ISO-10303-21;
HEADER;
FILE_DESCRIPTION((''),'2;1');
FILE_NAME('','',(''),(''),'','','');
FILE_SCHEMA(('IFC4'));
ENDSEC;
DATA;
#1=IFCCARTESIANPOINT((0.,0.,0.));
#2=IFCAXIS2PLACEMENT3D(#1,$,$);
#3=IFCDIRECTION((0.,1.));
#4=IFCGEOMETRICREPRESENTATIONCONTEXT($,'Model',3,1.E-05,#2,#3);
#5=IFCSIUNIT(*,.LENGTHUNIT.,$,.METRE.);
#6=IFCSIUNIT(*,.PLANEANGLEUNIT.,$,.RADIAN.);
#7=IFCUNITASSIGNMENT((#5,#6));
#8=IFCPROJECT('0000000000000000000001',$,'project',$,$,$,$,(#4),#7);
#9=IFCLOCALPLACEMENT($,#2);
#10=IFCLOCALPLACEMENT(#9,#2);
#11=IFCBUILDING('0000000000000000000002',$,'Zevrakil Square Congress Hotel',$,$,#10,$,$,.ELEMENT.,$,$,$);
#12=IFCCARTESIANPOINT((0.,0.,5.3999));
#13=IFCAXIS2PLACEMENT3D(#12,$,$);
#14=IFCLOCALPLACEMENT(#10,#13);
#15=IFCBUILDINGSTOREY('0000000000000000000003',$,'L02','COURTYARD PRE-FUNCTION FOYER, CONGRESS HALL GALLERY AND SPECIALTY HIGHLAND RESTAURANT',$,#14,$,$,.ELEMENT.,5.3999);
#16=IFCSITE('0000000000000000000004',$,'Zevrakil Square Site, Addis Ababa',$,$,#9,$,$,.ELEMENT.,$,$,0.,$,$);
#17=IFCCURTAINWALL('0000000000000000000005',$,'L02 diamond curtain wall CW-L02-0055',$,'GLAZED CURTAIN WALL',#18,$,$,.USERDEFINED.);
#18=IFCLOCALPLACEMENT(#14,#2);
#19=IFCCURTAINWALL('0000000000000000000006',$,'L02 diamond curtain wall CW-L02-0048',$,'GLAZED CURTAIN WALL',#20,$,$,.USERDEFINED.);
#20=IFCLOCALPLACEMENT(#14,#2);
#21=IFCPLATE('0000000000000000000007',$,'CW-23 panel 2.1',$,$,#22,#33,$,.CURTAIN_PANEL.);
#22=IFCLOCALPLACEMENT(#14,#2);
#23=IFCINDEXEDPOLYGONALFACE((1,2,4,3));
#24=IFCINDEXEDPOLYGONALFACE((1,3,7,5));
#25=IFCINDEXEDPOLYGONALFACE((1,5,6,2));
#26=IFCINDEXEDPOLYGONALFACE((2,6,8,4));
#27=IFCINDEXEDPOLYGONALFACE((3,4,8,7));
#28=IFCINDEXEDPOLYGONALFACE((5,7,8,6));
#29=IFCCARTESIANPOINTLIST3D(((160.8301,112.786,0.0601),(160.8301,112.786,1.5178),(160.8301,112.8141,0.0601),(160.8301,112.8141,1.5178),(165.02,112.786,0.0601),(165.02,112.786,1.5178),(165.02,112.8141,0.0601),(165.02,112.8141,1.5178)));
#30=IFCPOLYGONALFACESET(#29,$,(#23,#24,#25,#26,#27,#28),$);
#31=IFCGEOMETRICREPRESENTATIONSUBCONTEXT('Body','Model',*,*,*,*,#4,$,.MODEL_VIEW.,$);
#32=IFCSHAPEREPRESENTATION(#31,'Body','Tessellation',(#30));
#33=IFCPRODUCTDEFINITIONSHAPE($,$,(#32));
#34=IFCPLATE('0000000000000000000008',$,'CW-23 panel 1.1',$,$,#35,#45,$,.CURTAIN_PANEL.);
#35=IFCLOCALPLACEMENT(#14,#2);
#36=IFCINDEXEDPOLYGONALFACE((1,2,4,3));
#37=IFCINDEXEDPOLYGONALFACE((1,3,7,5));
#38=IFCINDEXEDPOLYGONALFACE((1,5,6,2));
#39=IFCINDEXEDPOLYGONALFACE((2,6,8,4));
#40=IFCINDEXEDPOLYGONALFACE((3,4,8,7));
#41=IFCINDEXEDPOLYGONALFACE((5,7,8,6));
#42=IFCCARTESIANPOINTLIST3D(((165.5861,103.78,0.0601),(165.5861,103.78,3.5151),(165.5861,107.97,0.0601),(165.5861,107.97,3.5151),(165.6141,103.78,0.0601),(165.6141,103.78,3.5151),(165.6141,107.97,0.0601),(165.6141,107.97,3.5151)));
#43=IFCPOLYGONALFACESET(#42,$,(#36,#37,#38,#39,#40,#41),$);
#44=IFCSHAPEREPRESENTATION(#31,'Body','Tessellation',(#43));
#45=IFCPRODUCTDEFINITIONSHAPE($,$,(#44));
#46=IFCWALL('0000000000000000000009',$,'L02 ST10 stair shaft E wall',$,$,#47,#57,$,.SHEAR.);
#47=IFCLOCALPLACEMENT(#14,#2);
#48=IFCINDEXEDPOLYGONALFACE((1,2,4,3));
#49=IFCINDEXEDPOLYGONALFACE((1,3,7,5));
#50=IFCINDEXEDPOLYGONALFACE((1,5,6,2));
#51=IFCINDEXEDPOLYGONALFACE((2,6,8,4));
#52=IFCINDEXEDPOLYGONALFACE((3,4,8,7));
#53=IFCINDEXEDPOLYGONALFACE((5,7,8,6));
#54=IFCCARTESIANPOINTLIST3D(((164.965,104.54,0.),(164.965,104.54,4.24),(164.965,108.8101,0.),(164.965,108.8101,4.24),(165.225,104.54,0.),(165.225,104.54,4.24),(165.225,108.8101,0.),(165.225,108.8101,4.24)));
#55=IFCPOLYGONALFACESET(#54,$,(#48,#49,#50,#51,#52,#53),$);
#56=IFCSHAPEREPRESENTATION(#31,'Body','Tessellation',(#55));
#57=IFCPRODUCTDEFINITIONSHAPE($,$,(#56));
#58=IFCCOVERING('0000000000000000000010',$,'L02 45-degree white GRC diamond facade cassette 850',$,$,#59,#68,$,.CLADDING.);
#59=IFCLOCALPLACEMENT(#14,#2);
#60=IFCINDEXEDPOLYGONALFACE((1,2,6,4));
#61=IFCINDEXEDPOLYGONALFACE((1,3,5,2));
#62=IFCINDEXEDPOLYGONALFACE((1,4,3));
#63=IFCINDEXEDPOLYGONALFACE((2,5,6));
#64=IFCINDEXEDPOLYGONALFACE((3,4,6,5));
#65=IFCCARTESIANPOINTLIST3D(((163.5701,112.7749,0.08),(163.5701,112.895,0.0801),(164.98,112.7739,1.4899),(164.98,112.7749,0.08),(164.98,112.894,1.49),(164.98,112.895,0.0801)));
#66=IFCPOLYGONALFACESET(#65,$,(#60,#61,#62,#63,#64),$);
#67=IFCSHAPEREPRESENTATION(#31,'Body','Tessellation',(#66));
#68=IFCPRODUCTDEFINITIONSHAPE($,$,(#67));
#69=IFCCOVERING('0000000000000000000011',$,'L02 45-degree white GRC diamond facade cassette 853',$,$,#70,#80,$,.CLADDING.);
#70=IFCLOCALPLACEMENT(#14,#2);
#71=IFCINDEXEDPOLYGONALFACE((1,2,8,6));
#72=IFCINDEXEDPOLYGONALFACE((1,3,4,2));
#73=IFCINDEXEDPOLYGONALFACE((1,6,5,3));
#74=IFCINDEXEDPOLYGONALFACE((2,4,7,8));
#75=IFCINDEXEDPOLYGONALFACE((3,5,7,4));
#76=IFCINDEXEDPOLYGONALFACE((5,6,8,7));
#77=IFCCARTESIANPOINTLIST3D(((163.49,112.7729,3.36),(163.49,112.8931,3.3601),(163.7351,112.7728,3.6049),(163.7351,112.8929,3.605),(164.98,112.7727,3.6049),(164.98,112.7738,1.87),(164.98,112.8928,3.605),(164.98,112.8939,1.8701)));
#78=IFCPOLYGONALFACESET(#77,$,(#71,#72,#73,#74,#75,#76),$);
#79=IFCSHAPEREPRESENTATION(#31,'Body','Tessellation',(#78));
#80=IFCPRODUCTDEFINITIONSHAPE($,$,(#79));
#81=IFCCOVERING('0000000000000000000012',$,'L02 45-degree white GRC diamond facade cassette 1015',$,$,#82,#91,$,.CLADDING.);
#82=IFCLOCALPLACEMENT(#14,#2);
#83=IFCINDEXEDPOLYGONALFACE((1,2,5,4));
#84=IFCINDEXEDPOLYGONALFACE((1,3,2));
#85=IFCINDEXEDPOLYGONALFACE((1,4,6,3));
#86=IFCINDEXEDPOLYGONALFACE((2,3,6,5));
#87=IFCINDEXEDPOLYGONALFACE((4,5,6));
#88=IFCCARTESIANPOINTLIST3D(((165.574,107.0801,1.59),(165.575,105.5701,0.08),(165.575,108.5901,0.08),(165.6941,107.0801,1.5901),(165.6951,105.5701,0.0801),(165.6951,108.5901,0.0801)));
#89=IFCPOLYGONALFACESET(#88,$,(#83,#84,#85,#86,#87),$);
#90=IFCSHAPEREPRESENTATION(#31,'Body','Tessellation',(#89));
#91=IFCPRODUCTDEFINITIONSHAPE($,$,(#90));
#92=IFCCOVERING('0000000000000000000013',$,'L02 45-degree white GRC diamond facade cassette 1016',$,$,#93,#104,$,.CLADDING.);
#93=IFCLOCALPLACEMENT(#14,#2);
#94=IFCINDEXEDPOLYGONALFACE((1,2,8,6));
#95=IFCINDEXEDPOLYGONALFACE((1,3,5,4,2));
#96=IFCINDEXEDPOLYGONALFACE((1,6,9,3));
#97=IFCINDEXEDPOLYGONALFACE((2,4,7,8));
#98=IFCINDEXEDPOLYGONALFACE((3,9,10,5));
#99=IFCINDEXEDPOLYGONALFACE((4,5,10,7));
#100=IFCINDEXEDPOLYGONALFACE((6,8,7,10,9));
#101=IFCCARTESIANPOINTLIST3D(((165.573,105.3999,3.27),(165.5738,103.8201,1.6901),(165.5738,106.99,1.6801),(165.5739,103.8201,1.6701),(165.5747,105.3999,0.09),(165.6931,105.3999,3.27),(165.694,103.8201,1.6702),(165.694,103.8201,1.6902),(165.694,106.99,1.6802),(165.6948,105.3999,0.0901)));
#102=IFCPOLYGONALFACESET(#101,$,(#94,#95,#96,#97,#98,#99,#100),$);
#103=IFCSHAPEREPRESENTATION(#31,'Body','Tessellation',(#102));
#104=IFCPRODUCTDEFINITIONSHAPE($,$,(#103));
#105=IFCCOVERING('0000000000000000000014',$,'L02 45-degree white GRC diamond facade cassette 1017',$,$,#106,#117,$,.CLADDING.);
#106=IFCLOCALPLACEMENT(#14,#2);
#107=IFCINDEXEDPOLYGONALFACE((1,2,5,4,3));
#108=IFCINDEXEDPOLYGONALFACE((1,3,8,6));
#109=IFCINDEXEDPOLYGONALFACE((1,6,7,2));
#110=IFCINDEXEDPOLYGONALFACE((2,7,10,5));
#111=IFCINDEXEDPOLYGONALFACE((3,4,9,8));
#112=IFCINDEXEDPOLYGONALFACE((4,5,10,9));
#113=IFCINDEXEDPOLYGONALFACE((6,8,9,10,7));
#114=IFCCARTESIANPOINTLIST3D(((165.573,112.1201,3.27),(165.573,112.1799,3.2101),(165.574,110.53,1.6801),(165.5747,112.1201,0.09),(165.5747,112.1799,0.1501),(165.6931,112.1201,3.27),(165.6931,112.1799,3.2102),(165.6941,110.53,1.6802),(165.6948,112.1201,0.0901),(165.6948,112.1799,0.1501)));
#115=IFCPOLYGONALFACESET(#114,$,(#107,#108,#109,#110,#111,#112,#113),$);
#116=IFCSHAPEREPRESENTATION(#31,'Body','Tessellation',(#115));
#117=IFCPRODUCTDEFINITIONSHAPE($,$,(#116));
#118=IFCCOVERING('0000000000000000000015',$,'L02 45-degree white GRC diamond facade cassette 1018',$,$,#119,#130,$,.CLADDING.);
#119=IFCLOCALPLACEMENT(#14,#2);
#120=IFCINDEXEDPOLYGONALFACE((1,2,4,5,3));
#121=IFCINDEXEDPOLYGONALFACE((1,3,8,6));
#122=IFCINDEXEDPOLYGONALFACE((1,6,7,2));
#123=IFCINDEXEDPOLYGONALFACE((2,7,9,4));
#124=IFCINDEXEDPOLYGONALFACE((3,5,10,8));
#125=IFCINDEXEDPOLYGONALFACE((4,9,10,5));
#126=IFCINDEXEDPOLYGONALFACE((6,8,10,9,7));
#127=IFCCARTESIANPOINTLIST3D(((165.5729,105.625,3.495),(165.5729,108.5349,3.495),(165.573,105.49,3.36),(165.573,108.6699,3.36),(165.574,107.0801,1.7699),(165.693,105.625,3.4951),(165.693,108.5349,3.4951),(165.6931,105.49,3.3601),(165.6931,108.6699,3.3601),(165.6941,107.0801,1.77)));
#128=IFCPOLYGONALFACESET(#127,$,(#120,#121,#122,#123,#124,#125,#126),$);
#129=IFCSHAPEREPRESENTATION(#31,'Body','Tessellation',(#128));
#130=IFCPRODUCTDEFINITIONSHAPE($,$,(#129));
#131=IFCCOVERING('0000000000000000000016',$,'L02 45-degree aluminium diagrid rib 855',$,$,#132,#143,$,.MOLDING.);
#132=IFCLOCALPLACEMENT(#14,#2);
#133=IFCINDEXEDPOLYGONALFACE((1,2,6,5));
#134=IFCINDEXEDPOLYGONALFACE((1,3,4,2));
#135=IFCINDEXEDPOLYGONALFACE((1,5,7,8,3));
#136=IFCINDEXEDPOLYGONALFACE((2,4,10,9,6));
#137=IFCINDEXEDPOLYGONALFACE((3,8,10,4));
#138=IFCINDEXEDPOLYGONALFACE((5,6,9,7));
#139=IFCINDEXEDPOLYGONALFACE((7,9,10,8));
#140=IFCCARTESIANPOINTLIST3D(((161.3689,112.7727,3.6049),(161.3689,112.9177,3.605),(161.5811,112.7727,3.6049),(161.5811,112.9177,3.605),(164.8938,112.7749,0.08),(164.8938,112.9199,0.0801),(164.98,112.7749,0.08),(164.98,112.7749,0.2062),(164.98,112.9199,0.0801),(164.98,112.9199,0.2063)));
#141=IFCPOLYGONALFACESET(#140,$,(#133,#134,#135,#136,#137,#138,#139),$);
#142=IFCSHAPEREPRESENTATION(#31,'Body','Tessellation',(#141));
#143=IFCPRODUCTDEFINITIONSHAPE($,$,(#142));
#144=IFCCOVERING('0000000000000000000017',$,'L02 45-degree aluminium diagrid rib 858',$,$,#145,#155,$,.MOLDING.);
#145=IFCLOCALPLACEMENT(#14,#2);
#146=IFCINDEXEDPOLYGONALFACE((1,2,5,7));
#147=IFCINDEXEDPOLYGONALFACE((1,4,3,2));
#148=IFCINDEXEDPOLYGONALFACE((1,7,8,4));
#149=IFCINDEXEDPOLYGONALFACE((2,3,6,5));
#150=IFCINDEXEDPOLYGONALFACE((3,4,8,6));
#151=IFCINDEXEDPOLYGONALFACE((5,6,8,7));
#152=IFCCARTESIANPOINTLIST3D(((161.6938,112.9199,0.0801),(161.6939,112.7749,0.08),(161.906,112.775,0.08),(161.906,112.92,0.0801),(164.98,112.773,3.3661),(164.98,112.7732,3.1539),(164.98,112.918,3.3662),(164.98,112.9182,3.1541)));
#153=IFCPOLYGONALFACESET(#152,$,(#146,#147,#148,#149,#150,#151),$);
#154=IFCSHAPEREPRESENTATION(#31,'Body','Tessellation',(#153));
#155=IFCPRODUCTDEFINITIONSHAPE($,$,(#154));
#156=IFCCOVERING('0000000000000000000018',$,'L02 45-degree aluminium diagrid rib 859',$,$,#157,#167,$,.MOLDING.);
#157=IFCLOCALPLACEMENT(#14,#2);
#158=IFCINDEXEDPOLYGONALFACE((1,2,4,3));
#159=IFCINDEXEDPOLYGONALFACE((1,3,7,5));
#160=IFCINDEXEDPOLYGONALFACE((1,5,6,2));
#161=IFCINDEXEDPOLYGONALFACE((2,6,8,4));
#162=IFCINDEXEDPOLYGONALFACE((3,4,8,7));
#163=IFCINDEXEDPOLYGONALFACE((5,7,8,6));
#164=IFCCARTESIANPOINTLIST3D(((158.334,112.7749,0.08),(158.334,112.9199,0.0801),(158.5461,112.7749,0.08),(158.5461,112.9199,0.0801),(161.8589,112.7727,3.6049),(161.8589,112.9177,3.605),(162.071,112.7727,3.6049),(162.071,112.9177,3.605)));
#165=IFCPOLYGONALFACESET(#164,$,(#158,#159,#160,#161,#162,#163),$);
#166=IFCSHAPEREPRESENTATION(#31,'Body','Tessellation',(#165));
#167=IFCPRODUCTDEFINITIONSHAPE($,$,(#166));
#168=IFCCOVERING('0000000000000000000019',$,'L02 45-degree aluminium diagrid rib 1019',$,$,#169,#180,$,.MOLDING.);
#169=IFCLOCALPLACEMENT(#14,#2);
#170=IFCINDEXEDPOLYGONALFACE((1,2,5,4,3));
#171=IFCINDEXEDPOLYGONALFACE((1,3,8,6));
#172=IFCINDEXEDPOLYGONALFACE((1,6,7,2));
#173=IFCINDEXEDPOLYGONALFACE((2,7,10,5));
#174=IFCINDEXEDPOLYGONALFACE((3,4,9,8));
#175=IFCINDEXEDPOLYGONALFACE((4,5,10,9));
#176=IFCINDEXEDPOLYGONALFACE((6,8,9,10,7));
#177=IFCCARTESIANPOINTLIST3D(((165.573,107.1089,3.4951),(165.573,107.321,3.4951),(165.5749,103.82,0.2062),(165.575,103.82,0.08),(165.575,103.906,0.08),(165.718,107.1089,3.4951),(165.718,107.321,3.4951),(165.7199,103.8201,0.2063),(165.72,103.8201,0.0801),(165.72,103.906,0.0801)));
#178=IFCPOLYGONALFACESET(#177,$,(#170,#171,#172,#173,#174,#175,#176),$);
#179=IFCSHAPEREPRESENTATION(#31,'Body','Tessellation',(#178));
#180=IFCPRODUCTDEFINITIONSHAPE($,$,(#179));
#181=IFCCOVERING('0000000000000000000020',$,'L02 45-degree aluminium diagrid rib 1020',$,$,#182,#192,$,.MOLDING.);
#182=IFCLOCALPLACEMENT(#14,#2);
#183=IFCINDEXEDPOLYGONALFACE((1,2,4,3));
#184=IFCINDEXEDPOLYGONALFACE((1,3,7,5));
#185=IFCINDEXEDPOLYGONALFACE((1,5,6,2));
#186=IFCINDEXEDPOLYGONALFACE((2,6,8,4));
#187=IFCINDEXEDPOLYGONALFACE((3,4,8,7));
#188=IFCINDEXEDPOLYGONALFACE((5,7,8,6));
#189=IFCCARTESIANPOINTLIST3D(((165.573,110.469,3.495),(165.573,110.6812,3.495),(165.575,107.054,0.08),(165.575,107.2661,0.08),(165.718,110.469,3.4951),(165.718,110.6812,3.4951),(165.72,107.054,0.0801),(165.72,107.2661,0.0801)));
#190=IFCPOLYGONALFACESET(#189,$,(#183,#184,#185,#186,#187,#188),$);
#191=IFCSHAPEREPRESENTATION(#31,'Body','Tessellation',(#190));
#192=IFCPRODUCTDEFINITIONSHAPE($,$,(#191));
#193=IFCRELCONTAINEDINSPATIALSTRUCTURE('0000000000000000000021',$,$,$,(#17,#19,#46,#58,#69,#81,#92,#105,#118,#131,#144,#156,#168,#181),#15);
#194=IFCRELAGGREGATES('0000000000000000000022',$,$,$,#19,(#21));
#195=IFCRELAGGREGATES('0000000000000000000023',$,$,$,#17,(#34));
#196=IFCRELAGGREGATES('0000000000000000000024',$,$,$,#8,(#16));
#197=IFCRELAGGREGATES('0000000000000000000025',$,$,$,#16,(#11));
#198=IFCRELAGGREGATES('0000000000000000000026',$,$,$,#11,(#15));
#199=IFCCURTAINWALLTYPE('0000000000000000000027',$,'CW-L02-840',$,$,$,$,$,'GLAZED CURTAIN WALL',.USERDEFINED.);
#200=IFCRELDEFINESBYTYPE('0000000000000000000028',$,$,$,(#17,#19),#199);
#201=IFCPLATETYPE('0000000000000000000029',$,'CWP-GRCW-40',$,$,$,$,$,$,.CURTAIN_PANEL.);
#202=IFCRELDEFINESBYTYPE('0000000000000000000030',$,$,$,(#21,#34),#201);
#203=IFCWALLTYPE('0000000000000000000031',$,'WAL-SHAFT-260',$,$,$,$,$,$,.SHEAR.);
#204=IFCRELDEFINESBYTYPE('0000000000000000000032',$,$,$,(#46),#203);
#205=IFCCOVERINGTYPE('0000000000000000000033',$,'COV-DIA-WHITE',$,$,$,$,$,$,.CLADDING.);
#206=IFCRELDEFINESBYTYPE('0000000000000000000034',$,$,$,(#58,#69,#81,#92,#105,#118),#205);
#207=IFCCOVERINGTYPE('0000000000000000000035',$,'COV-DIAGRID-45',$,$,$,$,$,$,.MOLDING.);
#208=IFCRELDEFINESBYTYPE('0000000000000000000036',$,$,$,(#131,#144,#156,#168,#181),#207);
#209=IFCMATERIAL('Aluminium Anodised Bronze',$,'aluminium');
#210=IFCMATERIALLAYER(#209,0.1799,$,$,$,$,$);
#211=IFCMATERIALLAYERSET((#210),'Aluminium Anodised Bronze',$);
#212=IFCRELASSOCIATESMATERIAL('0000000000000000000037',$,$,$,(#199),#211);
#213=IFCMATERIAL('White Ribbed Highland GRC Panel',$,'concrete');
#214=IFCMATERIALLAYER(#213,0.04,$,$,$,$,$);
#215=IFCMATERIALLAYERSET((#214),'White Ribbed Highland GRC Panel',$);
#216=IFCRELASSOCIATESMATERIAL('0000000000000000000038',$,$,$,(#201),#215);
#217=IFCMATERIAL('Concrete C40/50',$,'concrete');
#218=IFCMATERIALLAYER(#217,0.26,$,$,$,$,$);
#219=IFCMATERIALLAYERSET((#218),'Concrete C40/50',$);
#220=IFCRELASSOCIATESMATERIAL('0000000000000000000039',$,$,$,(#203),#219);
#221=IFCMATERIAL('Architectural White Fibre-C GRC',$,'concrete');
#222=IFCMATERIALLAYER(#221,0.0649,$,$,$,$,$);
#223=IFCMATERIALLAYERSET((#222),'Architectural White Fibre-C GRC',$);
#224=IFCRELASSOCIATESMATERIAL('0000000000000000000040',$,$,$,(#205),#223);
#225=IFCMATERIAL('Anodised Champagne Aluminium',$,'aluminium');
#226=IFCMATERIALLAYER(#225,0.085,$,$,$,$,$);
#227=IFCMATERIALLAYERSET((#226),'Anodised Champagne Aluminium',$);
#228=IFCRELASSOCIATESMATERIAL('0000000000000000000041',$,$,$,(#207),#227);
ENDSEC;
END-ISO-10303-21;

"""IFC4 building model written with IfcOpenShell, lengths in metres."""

from ifc_helpers import new_model, si_unit, direction, frame, frame_2d, origin, origin_2d, place, context, subcontext, project, spatial, polyline, rectangle, outline, extrude, material, layer, layer_set, type_object, element, aggregate, save


model = new_model("IFC4")

# Units and contexts
model_context = context("Model", 3, precision=1e-05, world=origin(), true_north=direction((0.0, 1.0)))
body_context = subcontext(model_context, "Body", "Model", "MODEL_VIEW")
ifc_project = project(units=[si_unit("LENGTHUNIT", "METRE"), si_unit("PLANEANGLEUNIT", "RADIAN")], contexts=[model_context])

# Site, building, storey
site_placement = place(None, origin())
site = spatial("IfcSite", under=ifc_project, at=site_placement, Name="Zevrakil Square Site, Addis Ababa", CompositionType="ELEMENT", RefElevation=0.0)
building_placement = place(site_placement, origin())
building = spatial("IfcBuilding", under=site, at=building_placement, Name="Zevrakil Square Congress Hotel", CompositionType="ELEMENT")
storey_placement = place(building_placement, frame((0.0, 0.0, 5.3999)))
storey = spatial("IfcBuildingStorey", under=building, at=storey_placement, Name="L02", Description="COURTYARD PRE-FUNCTION FOYER, CONGRESS HALL GALLERY AND SPECIALTY HIGHLAND RESTAURANT", CompositionType="ELEMENT", Elevation=5.3999)

# Curtain wall
ifc_material_1 = material(Name="Aluminium Anodised Bronze", Category="aluminium")
ifc_layer_1 = layer(ifc_material_1, 0.1799)
ifc_layer_set_1 = layer_set([ifc_layer_1], Name="Aluminium Anodised Bronze")
curtain_wall_type = type_object("IfcCurtainWallType", Name="CW-L02-840", ElementType="GLAZED CURTAIN WALL", PredefinedType="USERDEFINED", material=ifc_layer_set_1)
curtain_wall_1_placement = place(storey_placement, origin())
curtain_wall_1 = element("IfcCurtainWall", 1, at=curtain_wall_1_placement, inside=storey, type_object=curtain_wall_type, Name="L02 diamond curtain wall CW-L02-0055", ObjectType="GLAZED CURTAIN WALL", PredefinedType="USERDEFINED")

# Curtain wall
curtain_wall_2_placement = place(storey_placement, origin())
curtain_wall_2 = element("IfcCurtainWall", 2, at=curtain_wall_2_placement, inside=storey, type_object=curtain_wall_type, Name="L02 diamond curtain wall CW-L02-0048", ObjectType="GLAZED CURTAIN WALL", PredefinedType="USERDEFINED")

# Plates
ifc_material_2 = material(Name="White Ribbed Highland GRC Panel", Category="concrete")
ifc_layer_2 = layer(ifc_material_2, 0.04)
ifc_layer_set_2 = layer_set([ifc_layer_2], Name="White Ribbed Highland GRC Panel")
plate_type_1 = type_object("IfcPlateType", Name="CWP-GRCW-40", PredefinedType="CURTAIN_PANEL", material=ifc_layer_set_2)
plate_1_placement = place(storey_placement, frame((162.925, 112.8, 0.0601), z_axis=(0.0, 0.0, 1.0), x_axis=(1.0, 0.0, 0.0)))
plate_1 = element("IfcPlate", 3, at=plate_1_placement, type_object=plate_type_1, Name="CW-23 panel 2.1", PredefinedType="CURTAIN_PANEL", context=body_context, shape_type="SweptSolid", body=[
    extrude(rectangle(XDim=4.1899, YDim=0.0281, at=origin_2d()), origin(), (0.0, 0.0, 1.0), 1.4578),
])
aggregate(curtain_wall_2, [plate_1])
plate_2_placement = place(storey_placement, frame((165.6001, 105.875, 0.0601), z_axis=(0.0, 0.0, 1.0), x_axis=(0.0, 1.0, 0.0)))
plate_2 = element("IfcPlate", 4, at=plate_2_placement, type_object=plate_type_1, Name="CW-23 panel 1.1", PredefinedType="CURTAIN_PANEL", context=body_context, shape_type="SweptSolid", body=[
    extrude(rectangle(XDim=4.1899, YDim=0.0281, at=origin_2d()), origin(), (0.0, 0.0, 1.0), 3.4551),
])
aggregate(curtain_wall_1, [plate_2])

# Wall
ifc_material_3 = material(Name="Concrete C40/50", Category="concrete")
ifc_layer_3 = layer(ifc_material_3, 0.26)
ifc_layer_set_3 = layer_set([ifc_layer_3], Name="Concrete C40/50")
wall_type = type_object("IfcWallType", Name="WAL-SHAFT-260", PredefinedType="SHEAR", material=ifc_layer_set_3)
wall_placement = place(storey_placement, frame((165.095, 104.54, 0.0), z_axis=(0.0, 0.0, 1.0), x_axis=(0.0, 1.0, 0.0)))
element("IfcWall", 5, at=wall_placement, inside=storey, type_object=wall_type, Name="L02 ST10 stair shaft E wall", PredefinedType="SHEAR", context=body_context, shape_type="SweptSolid", body=[
    extrude(rectangle(XDim=4.27, YDim=0.26, at=frame_2d((2.135, 0.0))), origin(), (0.0, 0.0, 1.0), 4.24),
])

# Coverings
ifc_material_4 = material(Name="Architectural White Fibre-C GRC", Category="concrete")
ifc_layer_4 = layer(ifc_material_4, 0.0649)
ifc_layer_set_4 = layer_set([ifc_layer_4], Name="Architectural White Fibre-C GRC")
covering_type_1 = type_object("IfcCoveringType", Name="COV-DIA-WHITE", PredefinedType="CLADDING", material=ifc_layer_set_4)
covering_1_placement = place(storey_placement, frame((163.5701, 112.895, 0.0801), z_axis=(0.0, 1.0, 0.000693), x_axis=(1.0, 0.0, 0.0)))
element("IfcCovering", 6, at=covering_1_placement, inside=storey, type_object=covering_type_1, Name="L02 45-degree white GRC diamond facade cassette 850", PredefinedType="CLADDING", context=body_context, shape_type="SweptSolid", body=[
    extrude(outline(polyline([(0.0, 0.0), (1.4099, 0.0), (1.4099, -1.4099), (0.0, 0.0)])), origin(), (0.0, 0.0, -1.0), 0.1201),
])
covering_2_placement = place(storey_placement, frame((163.49, 112.8931, 3.3601), z_axis=(0.000064, 1.0, 0.000609), x_axis=(0.707107, 0.000385, -0.707107)))
element("IfcCovering", 7, at=covering_2_placement, inside=storey, type_object=covering_type_1, Name="L02 45-degree white GRC diamond facade cassette 853", PredefinedType="CLADDING", context=body_context, shape_type="SweptSolid", body=[
    extrude(outline(polyline([(0.0, 0.0), (2.1072, 0.0), (0.8804, -1.2267), (0.0002, -0.3465), (0.0, 0.0)])), origin(), (0.0, 0.0, -1.0), 0.1201),
])
covering_3_placement = place(storey_placement, frame((165.6941, 107.0801, 1.5901), z_axis=(1.0, 0.0, 0.000647), x_axis=(0.000457, 0.707107, -0.707107)))
element("IfcCovering", 8, at=covering_3_placement, inside=storey, type_object=covering_type_1, Name="L02 45-degree white GRC diamond facade cassette 1015", PredefinedType="CLADDING", context=body_context, shape_type="SweptSolid", body=[
    extrude(outline(polyline([(0.0, 0.0), (2.1355, 0.0), (0.0, -2.1355), (0.0, 0.0)])), origin(), (0.0, 0.0, -1.0), 0.1201),
])
covering_4_placement = place(storey_placement, frame((165.6931, 105.3999, 3.27), z_axis=(1.0, 0.0, 0.000536), x_axis=(0.000379, 0.707161, -0.707052)))
element("IfcCovering", 9, at=covering_4_placement, inside=storey, type_object=covering_type_1, Name="L02 45-degree white GRC diamond facade cassette 1016", PredefinedType="CLADDING", context=body_context, shape_type="SweptSolid", body=[
    extrude(outline(polyline([(0.0, 0.0), (2.2486, 0.0), (2.2484, -2.2487), (0.014, -2.2484), (-0.0002, -2.2342), (0.0, 0.0)])), origin(), (0.0, 0.0, -1.0), 0.1201),
])
covering_5_placement = place(storey_placement, frame((165.6948, 112.1201, 0.0901), z_axis=(1.0, 0.000071, 0.000538), x_axis=(-0.00033, -0.707107, 0.707107)))
element("IfcCovering", 10, at=covering_5_placement, inside=storey, type_object=covering_type_1, Name="L02 45-degree white GRC diamond facade cassette 1017", PredefinedType="CLADDING", context=body_context, shape_type="SweptSolid", body=[
    extrude(outline(polyline([(0.0, 0.0), (2.2487, 0.0), (2.2486, -2.2486), (2.164, -2.2486), (0.0002, -0.0848), (0.0, 0.0)])), origin(), (0.0, 0.0, -1.0), 0.1201),
])
covering_6_placement = place(storey_placement, frame((165.6931, 108.6699, 3.3601), z_axis=(1.0, 0.0, 0.000649), x_axis=(0.000459, -0.707052, -0.707161)))
element("IfcCovering", 11, at=covering_6_placement, inside=storey, type_object=covering_type_1, Name="L02 45-degree white GRC diamond facade cassette 1018", PredefinedType="CLADDING", context=body_context, shape_type="SweptSolid", body=[
    extrude(outline(polyline([(0.0, 0.0), (2.2486, 0.0), (2.2484, -2.2487), (2.0574, -2.2487), (0.0, -0.1909), (0.0, 0.0)])), origin(), (0.0, 0.0, -1.0), 0.1201),
])
ifc_material_5 = material(Name="Anodised Champagne Aluminium", Category="aluminium")
ifc_layer_5 = layer(ifc_material_5, 0.085)
ifc_layer_set_5 = layer_set([ifc_layer_5], Name="Anodised Champagne Aluminium")
covering_type_2 = type_object("IfcCoveringType", Name="COV-DIAGRID-45", PredefinedType="MOLDING", material=ifc_layer_set_5)
covering_7_placement = place(storey_placement, frame((164.8938, 112.9199, 0.0801), z_axis=(-0.000187, 1.0, 0.000443), x_axis=(1.0, 0.000187, 0.0)))
element("IfcCovering", 12, at=covering_7_placement, inside=storey, type_object=covering_type_2, Name="L02 45-degree aluminium diagrid rib 855", PredefinedType="MOLDING", context=body_context, shape_type="SweptSolid", body=[
    extrude(outline(polyline([(0.0, 0.0), (0.0862, 0.0), (0.0862, -0.1262), (-3.3127, -3.5249), (-3.5249, -3.5249), (0.0, 0.0)])), origin(), (0.0, 0.0, -1.0), 0.145),
])
covering_8_placement = place(storey_placement, frame((164.98, 112.9182, 3.1541), z_axis=(-0.000287, 1.0, 0.000863), x_axis=(0.0, -0.000863, 1.0)))
element("IfcCovering", 13, at=covering_8_placement, inside=storey, type_object=covering_type_2, Name="L02 45-degree aluminium diagrid rib 858", PredefinedType="MOLDING", context=body_context, shape_type="SweptSolid", body=[
    extrude(outline(polyline([(0.0, 0.0), (0.2122, 0.0), (-3.074, -3.2861), (-3.074, -3.074), (0.0, 0.0)])), origin(), (0.0, 0.0, -1.0), 0.145),
])
covering_9_placement = place(storey_placement, frame((162.071, 112.9177, 3.605), z_axis=(0.0, 1.0, 0.000623), x_axis=(-1.0, 0.0, 0.0)))
element("IfcCovering", 14, at=covering_9_placement, inside=storey, type_object=covering_type_2, Name="L02 45-degree aluminium diagrid rib 859", PredefinedType="MOLDING", context=body_context, shape_type="SweptSolid", body=[
    extrude(outline(polyline([(0.0, 0.0), (0.2122, 0.0), (3.7371, -3.5249), (3.5249, -3.5249), (0.0, 0.0)])), origin(), (0.0, 0.0, -1.0), 0.145),
])
covering_10_placement = place(storey_placement, frame((165.72, 103.906, 0.0801), z_axis=(1.0, 0.000172, 0.000406), x_axis=(0.000172, -1.0, 0.0)))
element("IfcCovering", 15, at=covering_10_placement, inside=storey, type_object=covering_type_2, Name="L02 45-degree aluminium diagrid rib 1019", PredefinedType="MOLDING", context=body_context, shape_type="SweptSolid", body=[
    extrude(outline(polyline([(0.0, 0.0), (0.0859, 0.0), (0.0859, -0.1262), (-3.2029, -3.415), (-3.415, -3.415), (0.0, 0.0)])), origin(), (0.0, 0.0, -1.0), 0.145),
])
covering_11_placement = place(storey_placement, frame((165.72, 107.2661, 0.0801), z_axis=(1.0, 0.0, 0.000572), x_axis=(0.0, -1.0, 0.0)))
element("IfcCovering", 16, at=covering_11_placement, inside=storey, type_object=covering_type_2, Name="L02 45-degree aluminium diagrid rib 1020", PredefinedType="MOLDING", context=body_context, shape_type="SweptSolid", body=[
    extrude(outline(polyline([(0.0, 0.0), (0.2122, 0.0), (-3.2029, -3.415), (-3.415, -3.415), (0.0, 0.0)])), origin(), (0.0, 0.0, -1.0), 0.145),
])

save(model, "model.ifc")
